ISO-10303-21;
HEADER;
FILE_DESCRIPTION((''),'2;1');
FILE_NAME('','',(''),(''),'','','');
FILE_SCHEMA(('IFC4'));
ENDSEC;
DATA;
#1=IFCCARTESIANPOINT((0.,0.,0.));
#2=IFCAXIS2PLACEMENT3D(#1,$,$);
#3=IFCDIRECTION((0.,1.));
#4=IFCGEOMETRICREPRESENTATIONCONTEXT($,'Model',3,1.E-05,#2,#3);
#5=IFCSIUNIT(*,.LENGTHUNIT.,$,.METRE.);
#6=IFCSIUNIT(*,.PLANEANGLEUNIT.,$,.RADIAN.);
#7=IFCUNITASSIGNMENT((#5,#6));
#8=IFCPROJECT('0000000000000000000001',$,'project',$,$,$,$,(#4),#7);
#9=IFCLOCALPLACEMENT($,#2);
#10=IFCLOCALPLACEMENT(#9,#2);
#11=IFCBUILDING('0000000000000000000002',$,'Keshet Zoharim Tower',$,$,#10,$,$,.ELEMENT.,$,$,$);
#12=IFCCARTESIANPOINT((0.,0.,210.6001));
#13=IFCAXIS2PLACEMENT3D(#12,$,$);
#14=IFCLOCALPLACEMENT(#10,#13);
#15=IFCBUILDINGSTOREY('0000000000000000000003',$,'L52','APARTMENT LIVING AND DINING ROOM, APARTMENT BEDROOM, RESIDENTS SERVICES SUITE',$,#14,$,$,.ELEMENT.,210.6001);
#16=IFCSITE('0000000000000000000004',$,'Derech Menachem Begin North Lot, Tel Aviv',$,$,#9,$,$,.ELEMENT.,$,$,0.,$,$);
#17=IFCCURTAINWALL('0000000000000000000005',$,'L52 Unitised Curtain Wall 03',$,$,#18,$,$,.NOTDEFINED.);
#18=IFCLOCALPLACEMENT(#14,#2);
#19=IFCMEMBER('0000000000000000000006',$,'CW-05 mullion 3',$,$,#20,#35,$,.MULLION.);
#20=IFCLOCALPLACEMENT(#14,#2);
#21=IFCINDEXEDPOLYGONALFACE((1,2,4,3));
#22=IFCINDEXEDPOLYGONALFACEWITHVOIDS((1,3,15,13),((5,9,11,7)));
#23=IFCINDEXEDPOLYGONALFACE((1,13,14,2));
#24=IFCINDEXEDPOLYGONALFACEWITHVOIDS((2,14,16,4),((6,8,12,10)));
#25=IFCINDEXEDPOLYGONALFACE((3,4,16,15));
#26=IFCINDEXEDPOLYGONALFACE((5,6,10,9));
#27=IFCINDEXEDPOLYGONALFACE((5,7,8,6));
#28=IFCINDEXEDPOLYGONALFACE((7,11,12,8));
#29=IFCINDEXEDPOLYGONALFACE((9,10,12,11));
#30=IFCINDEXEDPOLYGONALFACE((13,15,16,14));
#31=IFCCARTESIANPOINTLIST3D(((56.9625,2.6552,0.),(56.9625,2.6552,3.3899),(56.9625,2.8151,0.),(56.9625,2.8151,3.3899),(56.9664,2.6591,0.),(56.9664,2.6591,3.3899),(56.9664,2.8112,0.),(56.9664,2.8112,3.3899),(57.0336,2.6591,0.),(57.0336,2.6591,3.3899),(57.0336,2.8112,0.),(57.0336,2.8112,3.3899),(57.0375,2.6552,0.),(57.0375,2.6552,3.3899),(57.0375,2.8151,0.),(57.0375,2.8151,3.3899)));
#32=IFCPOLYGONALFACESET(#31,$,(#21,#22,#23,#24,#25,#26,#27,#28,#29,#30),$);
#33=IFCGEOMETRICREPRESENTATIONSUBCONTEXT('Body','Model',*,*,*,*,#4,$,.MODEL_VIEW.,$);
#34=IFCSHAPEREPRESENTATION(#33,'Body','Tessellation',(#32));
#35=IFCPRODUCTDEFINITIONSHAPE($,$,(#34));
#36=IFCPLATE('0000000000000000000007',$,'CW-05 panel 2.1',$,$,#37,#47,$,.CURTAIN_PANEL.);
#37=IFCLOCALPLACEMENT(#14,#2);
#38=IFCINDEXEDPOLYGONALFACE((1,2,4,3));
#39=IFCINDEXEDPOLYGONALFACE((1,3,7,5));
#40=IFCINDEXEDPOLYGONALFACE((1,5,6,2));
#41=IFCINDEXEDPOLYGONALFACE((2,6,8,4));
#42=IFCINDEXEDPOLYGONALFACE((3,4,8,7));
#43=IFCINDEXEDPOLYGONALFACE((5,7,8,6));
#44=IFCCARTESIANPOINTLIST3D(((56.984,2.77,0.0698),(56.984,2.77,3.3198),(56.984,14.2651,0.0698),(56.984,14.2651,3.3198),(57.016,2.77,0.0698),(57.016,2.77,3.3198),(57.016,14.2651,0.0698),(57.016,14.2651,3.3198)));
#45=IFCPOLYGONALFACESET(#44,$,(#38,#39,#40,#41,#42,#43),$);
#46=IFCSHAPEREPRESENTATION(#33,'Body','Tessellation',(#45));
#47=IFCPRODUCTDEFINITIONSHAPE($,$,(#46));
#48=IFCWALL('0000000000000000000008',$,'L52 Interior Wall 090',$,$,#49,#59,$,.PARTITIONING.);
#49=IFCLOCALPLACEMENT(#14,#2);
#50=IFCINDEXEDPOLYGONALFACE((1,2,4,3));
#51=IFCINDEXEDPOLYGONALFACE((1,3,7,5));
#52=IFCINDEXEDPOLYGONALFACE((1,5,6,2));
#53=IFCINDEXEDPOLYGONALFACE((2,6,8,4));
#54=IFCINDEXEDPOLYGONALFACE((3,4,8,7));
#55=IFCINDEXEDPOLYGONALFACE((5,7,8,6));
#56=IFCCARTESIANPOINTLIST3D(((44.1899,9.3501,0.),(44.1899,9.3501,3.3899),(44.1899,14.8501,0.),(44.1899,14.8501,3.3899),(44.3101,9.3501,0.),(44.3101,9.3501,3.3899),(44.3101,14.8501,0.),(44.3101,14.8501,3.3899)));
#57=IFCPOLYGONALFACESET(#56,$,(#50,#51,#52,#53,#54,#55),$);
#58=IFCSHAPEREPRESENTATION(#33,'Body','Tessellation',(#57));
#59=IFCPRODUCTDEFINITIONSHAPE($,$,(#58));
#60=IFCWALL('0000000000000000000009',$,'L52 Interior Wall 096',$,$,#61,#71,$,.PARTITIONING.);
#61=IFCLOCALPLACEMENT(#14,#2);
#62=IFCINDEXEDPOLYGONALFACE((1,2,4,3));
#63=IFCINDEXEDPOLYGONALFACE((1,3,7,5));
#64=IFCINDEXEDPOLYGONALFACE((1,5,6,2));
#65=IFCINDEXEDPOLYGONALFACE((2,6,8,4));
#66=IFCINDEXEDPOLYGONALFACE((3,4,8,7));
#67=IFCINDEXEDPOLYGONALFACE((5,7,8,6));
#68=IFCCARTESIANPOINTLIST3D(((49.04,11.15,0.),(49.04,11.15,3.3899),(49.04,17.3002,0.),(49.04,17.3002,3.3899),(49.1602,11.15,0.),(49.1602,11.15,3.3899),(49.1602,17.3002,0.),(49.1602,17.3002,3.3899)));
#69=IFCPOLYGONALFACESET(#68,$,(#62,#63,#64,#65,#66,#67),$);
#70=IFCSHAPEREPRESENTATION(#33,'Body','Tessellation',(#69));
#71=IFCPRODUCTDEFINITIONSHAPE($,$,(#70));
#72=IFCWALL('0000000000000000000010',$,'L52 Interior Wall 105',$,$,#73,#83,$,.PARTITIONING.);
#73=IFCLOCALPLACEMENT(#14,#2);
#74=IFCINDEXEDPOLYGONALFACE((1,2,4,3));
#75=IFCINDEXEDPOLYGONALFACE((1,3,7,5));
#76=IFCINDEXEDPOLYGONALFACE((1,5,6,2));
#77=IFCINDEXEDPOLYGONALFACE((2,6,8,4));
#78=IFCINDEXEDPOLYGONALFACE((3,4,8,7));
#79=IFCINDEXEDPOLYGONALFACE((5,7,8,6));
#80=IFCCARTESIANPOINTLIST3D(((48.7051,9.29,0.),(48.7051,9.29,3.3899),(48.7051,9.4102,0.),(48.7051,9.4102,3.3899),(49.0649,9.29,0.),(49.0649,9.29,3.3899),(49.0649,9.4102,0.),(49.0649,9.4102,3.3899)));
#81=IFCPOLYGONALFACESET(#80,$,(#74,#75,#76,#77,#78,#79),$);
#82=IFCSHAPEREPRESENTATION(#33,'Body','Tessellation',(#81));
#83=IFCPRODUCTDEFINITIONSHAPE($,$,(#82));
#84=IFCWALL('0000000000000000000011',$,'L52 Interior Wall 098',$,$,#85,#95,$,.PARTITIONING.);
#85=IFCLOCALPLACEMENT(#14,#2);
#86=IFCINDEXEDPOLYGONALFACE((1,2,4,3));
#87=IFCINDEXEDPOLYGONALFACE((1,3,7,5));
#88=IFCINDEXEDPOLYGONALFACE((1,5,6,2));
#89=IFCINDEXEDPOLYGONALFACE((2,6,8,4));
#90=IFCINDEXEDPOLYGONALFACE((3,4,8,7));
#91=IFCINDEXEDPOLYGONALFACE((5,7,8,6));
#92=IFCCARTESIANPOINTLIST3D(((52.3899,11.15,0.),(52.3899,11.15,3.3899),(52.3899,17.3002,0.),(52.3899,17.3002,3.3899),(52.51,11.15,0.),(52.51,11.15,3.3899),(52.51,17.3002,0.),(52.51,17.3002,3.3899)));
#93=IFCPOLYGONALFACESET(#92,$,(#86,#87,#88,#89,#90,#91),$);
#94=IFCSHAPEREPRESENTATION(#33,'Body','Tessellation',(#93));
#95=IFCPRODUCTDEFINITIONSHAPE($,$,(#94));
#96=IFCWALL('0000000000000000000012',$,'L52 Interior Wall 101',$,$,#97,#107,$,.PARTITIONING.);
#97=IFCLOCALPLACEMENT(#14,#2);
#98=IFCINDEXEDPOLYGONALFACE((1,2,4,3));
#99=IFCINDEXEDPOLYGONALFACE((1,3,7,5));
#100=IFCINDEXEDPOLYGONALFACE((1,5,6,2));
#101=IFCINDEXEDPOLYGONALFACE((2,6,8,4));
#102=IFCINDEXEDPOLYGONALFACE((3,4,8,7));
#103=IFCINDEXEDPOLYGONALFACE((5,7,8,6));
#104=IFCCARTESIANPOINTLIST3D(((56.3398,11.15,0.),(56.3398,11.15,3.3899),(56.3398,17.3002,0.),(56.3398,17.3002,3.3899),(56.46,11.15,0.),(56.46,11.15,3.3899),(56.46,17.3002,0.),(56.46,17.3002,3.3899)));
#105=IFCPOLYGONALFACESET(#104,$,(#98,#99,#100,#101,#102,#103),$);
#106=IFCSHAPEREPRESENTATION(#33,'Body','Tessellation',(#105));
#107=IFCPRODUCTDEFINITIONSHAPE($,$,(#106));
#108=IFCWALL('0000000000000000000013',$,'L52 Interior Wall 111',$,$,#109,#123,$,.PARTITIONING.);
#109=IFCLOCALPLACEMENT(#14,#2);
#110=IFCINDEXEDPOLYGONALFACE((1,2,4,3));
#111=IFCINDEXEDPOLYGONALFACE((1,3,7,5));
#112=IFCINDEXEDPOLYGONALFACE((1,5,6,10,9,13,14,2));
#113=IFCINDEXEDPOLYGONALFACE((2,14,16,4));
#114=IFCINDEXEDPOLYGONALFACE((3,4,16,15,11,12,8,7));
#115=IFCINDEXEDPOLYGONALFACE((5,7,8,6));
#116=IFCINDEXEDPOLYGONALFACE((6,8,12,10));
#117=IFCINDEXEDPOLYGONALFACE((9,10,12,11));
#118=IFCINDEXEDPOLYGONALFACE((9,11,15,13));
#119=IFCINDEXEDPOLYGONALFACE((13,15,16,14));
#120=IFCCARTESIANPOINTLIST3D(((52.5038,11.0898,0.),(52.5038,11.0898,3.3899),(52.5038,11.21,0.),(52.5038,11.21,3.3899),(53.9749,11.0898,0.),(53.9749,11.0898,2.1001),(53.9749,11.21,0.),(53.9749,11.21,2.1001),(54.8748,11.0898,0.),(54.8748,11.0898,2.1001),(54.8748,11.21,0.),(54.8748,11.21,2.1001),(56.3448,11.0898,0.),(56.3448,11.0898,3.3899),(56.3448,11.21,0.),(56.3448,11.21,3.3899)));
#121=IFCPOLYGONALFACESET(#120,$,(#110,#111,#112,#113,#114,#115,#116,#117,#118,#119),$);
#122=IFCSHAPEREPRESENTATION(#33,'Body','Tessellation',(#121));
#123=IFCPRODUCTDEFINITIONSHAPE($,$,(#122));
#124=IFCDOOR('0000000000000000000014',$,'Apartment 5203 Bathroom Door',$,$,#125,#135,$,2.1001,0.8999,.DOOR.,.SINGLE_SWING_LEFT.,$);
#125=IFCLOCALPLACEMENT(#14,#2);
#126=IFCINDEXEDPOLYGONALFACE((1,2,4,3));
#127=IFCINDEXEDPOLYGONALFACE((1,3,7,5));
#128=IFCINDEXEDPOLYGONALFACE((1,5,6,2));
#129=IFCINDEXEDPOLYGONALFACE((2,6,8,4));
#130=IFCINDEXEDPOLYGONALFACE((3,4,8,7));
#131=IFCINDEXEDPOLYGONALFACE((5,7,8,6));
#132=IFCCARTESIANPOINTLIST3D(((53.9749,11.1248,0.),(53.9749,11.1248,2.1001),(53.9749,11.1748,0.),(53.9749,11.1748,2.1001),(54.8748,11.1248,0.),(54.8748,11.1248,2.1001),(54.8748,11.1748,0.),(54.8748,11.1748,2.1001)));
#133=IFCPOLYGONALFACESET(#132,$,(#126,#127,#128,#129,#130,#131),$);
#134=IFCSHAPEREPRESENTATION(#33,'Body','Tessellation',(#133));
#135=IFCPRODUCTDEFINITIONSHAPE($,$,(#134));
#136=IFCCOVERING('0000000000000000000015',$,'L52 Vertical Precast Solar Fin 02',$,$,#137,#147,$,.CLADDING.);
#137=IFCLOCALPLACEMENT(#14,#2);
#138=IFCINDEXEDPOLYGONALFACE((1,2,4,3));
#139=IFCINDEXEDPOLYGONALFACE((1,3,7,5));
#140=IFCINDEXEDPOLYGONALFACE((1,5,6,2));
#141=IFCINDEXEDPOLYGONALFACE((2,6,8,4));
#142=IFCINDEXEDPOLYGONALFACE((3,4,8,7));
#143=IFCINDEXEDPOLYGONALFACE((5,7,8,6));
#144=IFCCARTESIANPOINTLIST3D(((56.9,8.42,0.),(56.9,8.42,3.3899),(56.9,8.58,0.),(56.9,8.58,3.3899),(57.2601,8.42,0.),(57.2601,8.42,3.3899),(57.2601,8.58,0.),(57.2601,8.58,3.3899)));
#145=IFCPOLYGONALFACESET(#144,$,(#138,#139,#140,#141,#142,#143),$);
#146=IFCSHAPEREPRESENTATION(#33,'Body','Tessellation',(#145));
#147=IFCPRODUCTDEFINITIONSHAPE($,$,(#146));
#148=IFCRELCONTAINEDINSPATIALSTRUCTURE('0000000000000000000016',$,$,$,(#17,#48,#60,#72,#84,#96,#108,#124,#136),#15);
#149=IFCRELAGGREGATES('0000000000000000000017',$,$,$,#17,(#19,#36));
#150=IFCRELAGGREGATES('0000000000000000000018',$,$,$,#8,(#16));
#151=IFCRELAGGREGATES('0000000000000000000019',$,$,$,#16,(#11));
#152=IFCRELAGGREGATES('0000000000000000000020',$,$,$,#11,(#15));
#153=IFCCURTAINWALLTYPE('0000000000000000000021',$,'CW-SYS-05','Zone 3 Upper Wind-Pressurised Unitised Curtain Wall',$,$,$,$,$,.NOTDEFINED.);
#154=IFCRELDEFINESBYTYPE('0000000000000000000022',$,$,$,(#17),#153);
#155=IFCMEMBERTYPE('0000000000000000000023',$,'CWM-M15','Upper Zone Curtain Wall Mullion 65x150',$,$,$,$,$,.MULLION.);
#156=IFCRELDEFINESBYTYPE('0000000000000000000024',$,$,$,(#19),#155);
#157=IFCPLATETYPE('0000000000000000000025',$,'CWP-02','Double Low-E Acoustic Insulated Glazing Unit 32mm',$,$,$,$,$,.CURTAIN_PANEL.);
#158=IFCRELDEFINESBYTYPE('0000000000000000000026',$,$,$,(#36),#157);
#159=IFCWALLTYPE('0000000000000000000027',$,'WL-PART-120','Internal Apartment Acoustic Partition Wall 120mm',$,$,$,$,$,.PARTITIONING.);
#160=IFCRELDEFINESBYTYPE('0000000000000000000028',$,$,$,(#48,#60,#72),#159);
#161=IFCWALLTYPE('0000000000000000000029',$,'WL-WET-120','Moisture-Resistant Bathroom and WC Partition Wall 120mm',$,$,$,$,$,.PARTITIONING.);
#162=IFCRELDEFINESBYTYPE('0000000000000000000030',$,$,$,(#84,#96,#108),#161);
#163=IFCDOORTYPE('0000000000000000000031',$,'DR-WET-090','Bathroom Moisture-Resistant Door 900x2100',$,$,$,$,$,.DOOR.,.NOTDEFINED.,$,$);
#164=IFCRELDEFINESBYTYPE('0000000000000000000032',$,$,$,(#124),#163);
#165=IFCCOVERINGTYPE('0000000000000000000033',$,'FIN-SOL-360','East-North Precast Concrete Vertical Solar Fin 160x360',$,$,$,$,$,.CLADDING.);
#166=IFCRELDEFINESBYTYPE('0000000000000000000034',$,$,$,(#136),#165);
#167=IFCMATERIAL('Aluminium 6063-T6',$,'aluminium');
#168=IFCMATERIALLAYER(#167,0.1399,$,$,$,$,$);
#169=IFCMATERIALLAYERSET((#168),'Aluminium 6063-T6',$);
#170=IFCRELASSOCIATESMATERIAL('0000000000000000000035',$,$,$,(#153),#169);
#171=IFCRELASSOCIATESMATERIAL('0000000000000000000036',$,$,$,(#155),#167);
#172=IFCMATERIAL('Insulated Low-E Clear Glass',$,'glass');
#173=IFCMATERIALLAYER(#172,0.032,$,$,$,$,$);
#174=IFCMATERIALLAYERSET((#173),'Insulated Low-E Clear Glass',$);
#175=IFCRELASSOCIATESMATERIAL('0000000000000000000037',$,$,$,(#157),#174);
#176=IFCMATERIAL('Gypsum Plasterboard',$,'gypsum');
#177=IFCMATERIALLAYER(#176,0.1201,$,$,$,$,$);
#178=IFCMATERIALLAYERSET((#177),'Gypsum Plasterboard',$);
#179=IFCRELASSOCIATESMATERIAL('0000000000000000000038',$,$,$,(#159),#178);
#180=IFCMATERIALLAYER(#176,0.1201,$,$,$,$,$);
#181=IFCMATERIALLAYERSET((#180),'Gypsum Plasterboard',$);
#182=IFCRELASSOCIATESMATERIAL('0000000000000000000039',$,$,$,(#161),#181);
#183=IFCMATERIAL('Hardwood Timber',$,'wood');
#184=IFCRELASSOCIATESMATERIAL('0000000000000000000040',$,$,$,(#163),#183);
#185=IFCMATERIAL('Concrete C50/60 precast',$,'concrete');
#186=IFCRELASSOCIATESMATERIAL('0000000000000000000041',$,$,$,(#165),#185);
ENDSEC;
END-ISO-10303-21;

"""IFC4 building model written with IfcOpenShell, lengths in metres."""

from ifc_helpers import new_model, si_unit, direction, frame, frame_2d, origin, origin_2d, place, context, subcontext, project, spatial, rectangle, hollow_rectangle, extrude, material, layer, layer_set, material_profile, profile_set, type_object, element, fill, aggregate, save


model = new_model("IFC4")

# Units and contexts
model_context = context("Model", 3, precision=1e-05, world=origin(), true_north=direction((0.0, 1.0)))
body_context = subcontext(model_context, "Body", "Model", "MODEL_VIEW")
ifc_project = project(units=[si_unit("LENGTHUNIT", "METRE"), si_unit("PLANEANGLEUNIT", "RADIAN")], contexts=[model_context])

# Site, building, storey
site_placement = place(None, origin())
site = spatial("IfcSite", under=ifc_project, at=site_placement, Name="Derech Menachem Begin North Lot, Tel Aviv", CompositionType="ELEMENT", RefElevation=0.0)
building_placement = place(site_placement, origin())
building = spatial("IfcBuilding", under=site, at=building_placement, Name="Keshet Zoharim Tower", CompositionType="ELEMENT")
storey_placement = place(building_placement, frame((0.0, 0.0, 210.6001)))
storey = spatial("IfcBuildingStorey", under=building, at=storey_placement, Name="L52", Description="APARTMENT LIVING AND DINING ROOM, APARTMENT BEDROOM, RESIDENTS SERVICES SUITE", CompositionType="ELEMENT", Elevation=210.6001)

# Curtain wall, member, plate
ifc_material_1 = material(Name="Aluminium 6063-T6", Category="aluminium")
ifc_layer_1 = layer(ifc_material_1, 0.1399)
ifc_layer_set_1 = layer_set([ifc_layer_1], Name="Aluminium 6063-T6")
curtain_wall_type = type_object("IfcCurtainWallType", Name="CW-SYS-05", Description="Zone 3 Upper Wind-Pressurised Unitised Curtain Wall", PredefinedType="NOTDEFINED", material=ifc_layer_set_1)
curtain_wall_placement = place(storey_placement, origin())
curtain_wall = element("IfcCurtainWall", 1, at=curtain_wall_placement, inside=storey, type_object=curtain_wall_type, Name="L52 Unitised Curtain Wall 03", PredefinedType="NOTDEFINED")
ifc_material_profile_1 = material_profile(ifc_material_1, hollow_rectangle(XDim=0.075, YDim=0.1599, WallThickness=0.0039, at=origin_2d()), Name="MUL-75x160")
ifc_profile_set_1 = profile_set([ifc_material_profile_1], Name="Aluminium 6063-T6")
member_type = type_object("IfcMemberType", Name="CWM-M15", Description="Upper Zone Curtain Wall Mullion 65x150", PredefinedType="MULLION", material=ifc_profile_set_1)
member_placement = place(storey_placement, frame((57.0, 2.7351, 0.0), z_axis=(0.0, 0.0, 1.0), x_axis=(1.0, 0.0, 0.0)))
member = element("IfcMember", 2, at=member_placement, type_object=member_type, Name="CW-05 mullion 3", PredefinedType="MULLION", context=body_context, shape_type="SweptSolid", body=[
    extrude(hollow_rectangle(XDim=0.075, YDim=0.1599, WallThickness=0.0039, at=origin_2d()), origin(), (0.0, 0.0, 1.0), 3.3899),
])
ifc_material_2 = material(Name="Insulated Low-E Clear Glass", Category="glass")
ifc_layer_2 = layer(ifc_material_2, 0.032)
ifc_layer_set_2 = layer_set([ifc_layer_2], Name="Insulated Low-E Clear Glass")
plate_type = type_object("IfcPlateType", Name="CWP-02", Description="Double Low-E Acoustic Insulated Glazing Unit 32mm", PredefinedType="CURTAIN_PANEL", material=ifc_layer_set_2)
plate_placement = place(storey_placement, frame((57.0, 8.5176, 0.0698), z_axis=(0.0, 0.0, 1.0), x_axis=(0.0, -1.0, 0.0)))
plate = element("IfcPlate", 3, at=plate_placement, type_object=plate_type, Name="CW-05 panel 2.1", PredefinedType="CURTAIN_PANEL", context=body_context, shape_type="SweptSolid", body=[
    extrude(rectangle(XDim=11.4951, YDim=0.032, at=origin_2d()), origin(), (0.0, 0.0, 1.0), 3.25),
])
aggregate(curtain_wall, [member, plate])

# Walls
ifc_material_3 = material(Name="Gypsum Plasterboard", Category="gypsum")
ifc_layer_3 = layer(ifc_material_3, 0.1201)
ifc_layer_set_3 = layer_set([ifc_layer_3], Name="Gypsum Plasterboard")
wall_type_1 = type_object("IfcWallType", Name="WL-PART-120", Description="Internal Apartment Acoustic Partition Wall 120mm", PredefinedType="PARTITIONING", material=ifc_layer_set_3)
wall_1_placement = place(storey_placement, frame((44.25, 9.3501, 0.0), z_axis=(0.0, 0.0, 1.0), x_axis=(0.0, 1.0, 0.0)))
element("IfcWall", 4, at=wall_1_placement, inside=storey, type_object=wall_type_1, Name="L52 Interior Wall 090", PredefinedType="PARTITIONING", context=body_context, shape_type="SweptSolid", body=[
    extrude(rectangle(XDim=5.5, YDim=0.1201, at=frame_2d((2.75, 0.0))), origin(), (0.0, 0.0, 1.0), 3.3899),
])
wall_2_placement = place(storey_placement, frame((49.1001, 11.1499, 0.0), z_axis=(0.0, 0.0, 1.0), x_axis=(0.0, 1.0, 0.0)))
element("IfcWall", 5, at=wall_2_placement, inside=storey, type_object=wall_type_1, Name="L52 Interior Wall 096", PredefinedType="PARTITIONING", context=body_context, shape_type="SweptSolid", body=[
    extrude(rectangle(XDim=6.1501, YDim=0.1201, at=frame_2d((3.0752, 0.0))), origin(), (0.0, 0.0, 1.0), 3.3899),
])
wall_3_placement = place(storey_placement, frame((48.7051, 9.3501, 0.0), z_axis=(0.0, 0.0, 1.0), x_axis=(1.0, 0.0, 0.0)))
element("IfcWall", 6, at=wall_3_placement, inside=storey, type_object=wall_type_1, Name="L52 Interior Wall 105", PredefinedType="PARTITIONING", context=body_context, shape_type="SweptSolid", body=[
    extrude(rectangle(XDim=0.3599, YDim=0.1201, at=frame_2d((0.1799, 0.0))), origin(), (0.0, 0.0, 1.0), 3.3899),
])

# Shared definitions
ifc_material_4 = material(Name="Hardwood Timber", Category="wood")

# Walls
ifc_layer_4 = layer(ifc_material_3, 0.1201)
ifc_layer_set_4 = layer_set([ifc_layer_4], Name="Gypsum Plasterboard")
wall_type_2 = type_object("IfcWallType", Name="WL-WET-120", Description="Moisture-Resistant Bathroom and WC Partition Wall 120mm", PredefinedType="PARTITIONING", material=ifc_layer_set_4)
for number, where, z_axis, x_axis, name in (
    (7, (52.45, 11.1499, 0.0), (0.0, 0.0, 1.0), (0.0, 1.0, 0.0), "L52 Interior Wall 098"),
    (8, (56.3999, 11.1499, 0.0), (0.0, 0.0, 1.0), (0.0, 1.0, 0.0), "L52 Interior Wall 101"),
):
    element("IfcWall", number, at=place(storey_placement, frame(where, z_axis=z_axis, x_axis=x_axis)), inside=storey, type_object=wall_type_2, Name=name, PredefinedType="PARTITIONING", context=body_context, shape_type="SweptSolid", body=[
        extrude(rectangle(XDim=6.1501, YDim=0.1201, at=frame_2d((3.0752, 0.0))), origin(), (0.0, 0.0, 1.0), 3.3899),
    ])

# Wall, opening, door
wall_4_placement = place(storey_placement, frame((52.5039, 11.1499, 0.0), z_axis=(0.0, 0.0, 1.0), x_axis=(1.0, 0.0, 0.0)))
wall_4 = element("IfcWall", 9, at=wall_4_placement, inside=storey, type_object=wall_type_2, Name="L52 Interior Wall 111", PredefinedType="PARTITIONING", context=body_context, shape_type="SweptSolid", body=[
    extrude(rectangle(XDim=3.8411, YDim=0.1201, at=frame_2d((1.9204, 0.0))), origin(), (0.0, 0.0, 1.0), 3.3899),
])
opening_1_placement = place(wall_4_placement, frame((1.4709, 0.0, 0.0)))
opening_1 = element("IfcOpeningElement", 10, at=opening_1_placement, cuts=wall_4, PredefinedType="OPENING", context=body_context, shape_type="SweptSolid", body=[
    extrude(rectangle(XDim=0.8999, YDim=2.1001, at=frame_2d((0.45, 1.05))), frame((0.0, 0.0701, 0.0), z_axis=(0.0, -1.0, 0.0), x_axis=(1.0, 0.0, 0.0)), (0.0, 0.0, 1.0), 0.1401),
])
door_type_1 = type_object("IfcDoorType", Name="DR-WET-090", Description="Bathroom Moisture-Resistant Door 900x2100", OperationType="NOTDEFINED", PredefinedType="DOOR", material=ifc_material_4)
door_1_placement = place(opening_1_placement, origin())
door_1 = element("IfcDoor", 11, at=door_1_placement, inside=storey, type_object=door_type_1, Name="Apartment 5203 Bathroom Door", OperationType="SINGLE_SWING_LEFT", OverallHeight=2.1001, OverallWidth=0.8999, PredefinedType="DOOR", context=body_context, shape_type="SweptSolid", body=[
    extrude(rectangle(XDim=0.8999, YDim=2.1001, at=frame_2d((0.45, 1.05))), frame((0.0, 0.0249, 0.0), z_axis=(0.0, -1.0, 0.0), x_axis=(1.0, 0.0, 0.0)), (0.0, 0.0, 1.0), 0.05),
])
fill(opening_1, door_1)

# Covering
ifc_material_5 = material(Name="Concrete C50/60 precast", Category="concrete")
covering_type = type_object("IfcCoveringType", Name="FIN-SOL-360", Description="East-North Precast Concrete Vertical Solar Fin 160x360", PredefinedType="CLADDING", material=ifc_material_5)
covering_placement = place(storey_placement, frame((57.0801, 8.5, 0.0), z_axis=(0.0, 0.0, 1.0), x_axis=(0.0, -1.0, 0.0)))
element("IfcCovering", 12, at=covering_placement, inside=storey, type_object=covering_type, Name="L52 Vertical Precast Solar Fin 02", PredefinedType="CLADDING", context=body_context, shape_type="SweptSolid", body=[
    extrude(rectangle(XDim=0.1599, YDim=0.3601, at=origin_2d()), origin(), (0.0, 0.0, 1.0), 3.3899),
])

save(model, "model.ifc")
